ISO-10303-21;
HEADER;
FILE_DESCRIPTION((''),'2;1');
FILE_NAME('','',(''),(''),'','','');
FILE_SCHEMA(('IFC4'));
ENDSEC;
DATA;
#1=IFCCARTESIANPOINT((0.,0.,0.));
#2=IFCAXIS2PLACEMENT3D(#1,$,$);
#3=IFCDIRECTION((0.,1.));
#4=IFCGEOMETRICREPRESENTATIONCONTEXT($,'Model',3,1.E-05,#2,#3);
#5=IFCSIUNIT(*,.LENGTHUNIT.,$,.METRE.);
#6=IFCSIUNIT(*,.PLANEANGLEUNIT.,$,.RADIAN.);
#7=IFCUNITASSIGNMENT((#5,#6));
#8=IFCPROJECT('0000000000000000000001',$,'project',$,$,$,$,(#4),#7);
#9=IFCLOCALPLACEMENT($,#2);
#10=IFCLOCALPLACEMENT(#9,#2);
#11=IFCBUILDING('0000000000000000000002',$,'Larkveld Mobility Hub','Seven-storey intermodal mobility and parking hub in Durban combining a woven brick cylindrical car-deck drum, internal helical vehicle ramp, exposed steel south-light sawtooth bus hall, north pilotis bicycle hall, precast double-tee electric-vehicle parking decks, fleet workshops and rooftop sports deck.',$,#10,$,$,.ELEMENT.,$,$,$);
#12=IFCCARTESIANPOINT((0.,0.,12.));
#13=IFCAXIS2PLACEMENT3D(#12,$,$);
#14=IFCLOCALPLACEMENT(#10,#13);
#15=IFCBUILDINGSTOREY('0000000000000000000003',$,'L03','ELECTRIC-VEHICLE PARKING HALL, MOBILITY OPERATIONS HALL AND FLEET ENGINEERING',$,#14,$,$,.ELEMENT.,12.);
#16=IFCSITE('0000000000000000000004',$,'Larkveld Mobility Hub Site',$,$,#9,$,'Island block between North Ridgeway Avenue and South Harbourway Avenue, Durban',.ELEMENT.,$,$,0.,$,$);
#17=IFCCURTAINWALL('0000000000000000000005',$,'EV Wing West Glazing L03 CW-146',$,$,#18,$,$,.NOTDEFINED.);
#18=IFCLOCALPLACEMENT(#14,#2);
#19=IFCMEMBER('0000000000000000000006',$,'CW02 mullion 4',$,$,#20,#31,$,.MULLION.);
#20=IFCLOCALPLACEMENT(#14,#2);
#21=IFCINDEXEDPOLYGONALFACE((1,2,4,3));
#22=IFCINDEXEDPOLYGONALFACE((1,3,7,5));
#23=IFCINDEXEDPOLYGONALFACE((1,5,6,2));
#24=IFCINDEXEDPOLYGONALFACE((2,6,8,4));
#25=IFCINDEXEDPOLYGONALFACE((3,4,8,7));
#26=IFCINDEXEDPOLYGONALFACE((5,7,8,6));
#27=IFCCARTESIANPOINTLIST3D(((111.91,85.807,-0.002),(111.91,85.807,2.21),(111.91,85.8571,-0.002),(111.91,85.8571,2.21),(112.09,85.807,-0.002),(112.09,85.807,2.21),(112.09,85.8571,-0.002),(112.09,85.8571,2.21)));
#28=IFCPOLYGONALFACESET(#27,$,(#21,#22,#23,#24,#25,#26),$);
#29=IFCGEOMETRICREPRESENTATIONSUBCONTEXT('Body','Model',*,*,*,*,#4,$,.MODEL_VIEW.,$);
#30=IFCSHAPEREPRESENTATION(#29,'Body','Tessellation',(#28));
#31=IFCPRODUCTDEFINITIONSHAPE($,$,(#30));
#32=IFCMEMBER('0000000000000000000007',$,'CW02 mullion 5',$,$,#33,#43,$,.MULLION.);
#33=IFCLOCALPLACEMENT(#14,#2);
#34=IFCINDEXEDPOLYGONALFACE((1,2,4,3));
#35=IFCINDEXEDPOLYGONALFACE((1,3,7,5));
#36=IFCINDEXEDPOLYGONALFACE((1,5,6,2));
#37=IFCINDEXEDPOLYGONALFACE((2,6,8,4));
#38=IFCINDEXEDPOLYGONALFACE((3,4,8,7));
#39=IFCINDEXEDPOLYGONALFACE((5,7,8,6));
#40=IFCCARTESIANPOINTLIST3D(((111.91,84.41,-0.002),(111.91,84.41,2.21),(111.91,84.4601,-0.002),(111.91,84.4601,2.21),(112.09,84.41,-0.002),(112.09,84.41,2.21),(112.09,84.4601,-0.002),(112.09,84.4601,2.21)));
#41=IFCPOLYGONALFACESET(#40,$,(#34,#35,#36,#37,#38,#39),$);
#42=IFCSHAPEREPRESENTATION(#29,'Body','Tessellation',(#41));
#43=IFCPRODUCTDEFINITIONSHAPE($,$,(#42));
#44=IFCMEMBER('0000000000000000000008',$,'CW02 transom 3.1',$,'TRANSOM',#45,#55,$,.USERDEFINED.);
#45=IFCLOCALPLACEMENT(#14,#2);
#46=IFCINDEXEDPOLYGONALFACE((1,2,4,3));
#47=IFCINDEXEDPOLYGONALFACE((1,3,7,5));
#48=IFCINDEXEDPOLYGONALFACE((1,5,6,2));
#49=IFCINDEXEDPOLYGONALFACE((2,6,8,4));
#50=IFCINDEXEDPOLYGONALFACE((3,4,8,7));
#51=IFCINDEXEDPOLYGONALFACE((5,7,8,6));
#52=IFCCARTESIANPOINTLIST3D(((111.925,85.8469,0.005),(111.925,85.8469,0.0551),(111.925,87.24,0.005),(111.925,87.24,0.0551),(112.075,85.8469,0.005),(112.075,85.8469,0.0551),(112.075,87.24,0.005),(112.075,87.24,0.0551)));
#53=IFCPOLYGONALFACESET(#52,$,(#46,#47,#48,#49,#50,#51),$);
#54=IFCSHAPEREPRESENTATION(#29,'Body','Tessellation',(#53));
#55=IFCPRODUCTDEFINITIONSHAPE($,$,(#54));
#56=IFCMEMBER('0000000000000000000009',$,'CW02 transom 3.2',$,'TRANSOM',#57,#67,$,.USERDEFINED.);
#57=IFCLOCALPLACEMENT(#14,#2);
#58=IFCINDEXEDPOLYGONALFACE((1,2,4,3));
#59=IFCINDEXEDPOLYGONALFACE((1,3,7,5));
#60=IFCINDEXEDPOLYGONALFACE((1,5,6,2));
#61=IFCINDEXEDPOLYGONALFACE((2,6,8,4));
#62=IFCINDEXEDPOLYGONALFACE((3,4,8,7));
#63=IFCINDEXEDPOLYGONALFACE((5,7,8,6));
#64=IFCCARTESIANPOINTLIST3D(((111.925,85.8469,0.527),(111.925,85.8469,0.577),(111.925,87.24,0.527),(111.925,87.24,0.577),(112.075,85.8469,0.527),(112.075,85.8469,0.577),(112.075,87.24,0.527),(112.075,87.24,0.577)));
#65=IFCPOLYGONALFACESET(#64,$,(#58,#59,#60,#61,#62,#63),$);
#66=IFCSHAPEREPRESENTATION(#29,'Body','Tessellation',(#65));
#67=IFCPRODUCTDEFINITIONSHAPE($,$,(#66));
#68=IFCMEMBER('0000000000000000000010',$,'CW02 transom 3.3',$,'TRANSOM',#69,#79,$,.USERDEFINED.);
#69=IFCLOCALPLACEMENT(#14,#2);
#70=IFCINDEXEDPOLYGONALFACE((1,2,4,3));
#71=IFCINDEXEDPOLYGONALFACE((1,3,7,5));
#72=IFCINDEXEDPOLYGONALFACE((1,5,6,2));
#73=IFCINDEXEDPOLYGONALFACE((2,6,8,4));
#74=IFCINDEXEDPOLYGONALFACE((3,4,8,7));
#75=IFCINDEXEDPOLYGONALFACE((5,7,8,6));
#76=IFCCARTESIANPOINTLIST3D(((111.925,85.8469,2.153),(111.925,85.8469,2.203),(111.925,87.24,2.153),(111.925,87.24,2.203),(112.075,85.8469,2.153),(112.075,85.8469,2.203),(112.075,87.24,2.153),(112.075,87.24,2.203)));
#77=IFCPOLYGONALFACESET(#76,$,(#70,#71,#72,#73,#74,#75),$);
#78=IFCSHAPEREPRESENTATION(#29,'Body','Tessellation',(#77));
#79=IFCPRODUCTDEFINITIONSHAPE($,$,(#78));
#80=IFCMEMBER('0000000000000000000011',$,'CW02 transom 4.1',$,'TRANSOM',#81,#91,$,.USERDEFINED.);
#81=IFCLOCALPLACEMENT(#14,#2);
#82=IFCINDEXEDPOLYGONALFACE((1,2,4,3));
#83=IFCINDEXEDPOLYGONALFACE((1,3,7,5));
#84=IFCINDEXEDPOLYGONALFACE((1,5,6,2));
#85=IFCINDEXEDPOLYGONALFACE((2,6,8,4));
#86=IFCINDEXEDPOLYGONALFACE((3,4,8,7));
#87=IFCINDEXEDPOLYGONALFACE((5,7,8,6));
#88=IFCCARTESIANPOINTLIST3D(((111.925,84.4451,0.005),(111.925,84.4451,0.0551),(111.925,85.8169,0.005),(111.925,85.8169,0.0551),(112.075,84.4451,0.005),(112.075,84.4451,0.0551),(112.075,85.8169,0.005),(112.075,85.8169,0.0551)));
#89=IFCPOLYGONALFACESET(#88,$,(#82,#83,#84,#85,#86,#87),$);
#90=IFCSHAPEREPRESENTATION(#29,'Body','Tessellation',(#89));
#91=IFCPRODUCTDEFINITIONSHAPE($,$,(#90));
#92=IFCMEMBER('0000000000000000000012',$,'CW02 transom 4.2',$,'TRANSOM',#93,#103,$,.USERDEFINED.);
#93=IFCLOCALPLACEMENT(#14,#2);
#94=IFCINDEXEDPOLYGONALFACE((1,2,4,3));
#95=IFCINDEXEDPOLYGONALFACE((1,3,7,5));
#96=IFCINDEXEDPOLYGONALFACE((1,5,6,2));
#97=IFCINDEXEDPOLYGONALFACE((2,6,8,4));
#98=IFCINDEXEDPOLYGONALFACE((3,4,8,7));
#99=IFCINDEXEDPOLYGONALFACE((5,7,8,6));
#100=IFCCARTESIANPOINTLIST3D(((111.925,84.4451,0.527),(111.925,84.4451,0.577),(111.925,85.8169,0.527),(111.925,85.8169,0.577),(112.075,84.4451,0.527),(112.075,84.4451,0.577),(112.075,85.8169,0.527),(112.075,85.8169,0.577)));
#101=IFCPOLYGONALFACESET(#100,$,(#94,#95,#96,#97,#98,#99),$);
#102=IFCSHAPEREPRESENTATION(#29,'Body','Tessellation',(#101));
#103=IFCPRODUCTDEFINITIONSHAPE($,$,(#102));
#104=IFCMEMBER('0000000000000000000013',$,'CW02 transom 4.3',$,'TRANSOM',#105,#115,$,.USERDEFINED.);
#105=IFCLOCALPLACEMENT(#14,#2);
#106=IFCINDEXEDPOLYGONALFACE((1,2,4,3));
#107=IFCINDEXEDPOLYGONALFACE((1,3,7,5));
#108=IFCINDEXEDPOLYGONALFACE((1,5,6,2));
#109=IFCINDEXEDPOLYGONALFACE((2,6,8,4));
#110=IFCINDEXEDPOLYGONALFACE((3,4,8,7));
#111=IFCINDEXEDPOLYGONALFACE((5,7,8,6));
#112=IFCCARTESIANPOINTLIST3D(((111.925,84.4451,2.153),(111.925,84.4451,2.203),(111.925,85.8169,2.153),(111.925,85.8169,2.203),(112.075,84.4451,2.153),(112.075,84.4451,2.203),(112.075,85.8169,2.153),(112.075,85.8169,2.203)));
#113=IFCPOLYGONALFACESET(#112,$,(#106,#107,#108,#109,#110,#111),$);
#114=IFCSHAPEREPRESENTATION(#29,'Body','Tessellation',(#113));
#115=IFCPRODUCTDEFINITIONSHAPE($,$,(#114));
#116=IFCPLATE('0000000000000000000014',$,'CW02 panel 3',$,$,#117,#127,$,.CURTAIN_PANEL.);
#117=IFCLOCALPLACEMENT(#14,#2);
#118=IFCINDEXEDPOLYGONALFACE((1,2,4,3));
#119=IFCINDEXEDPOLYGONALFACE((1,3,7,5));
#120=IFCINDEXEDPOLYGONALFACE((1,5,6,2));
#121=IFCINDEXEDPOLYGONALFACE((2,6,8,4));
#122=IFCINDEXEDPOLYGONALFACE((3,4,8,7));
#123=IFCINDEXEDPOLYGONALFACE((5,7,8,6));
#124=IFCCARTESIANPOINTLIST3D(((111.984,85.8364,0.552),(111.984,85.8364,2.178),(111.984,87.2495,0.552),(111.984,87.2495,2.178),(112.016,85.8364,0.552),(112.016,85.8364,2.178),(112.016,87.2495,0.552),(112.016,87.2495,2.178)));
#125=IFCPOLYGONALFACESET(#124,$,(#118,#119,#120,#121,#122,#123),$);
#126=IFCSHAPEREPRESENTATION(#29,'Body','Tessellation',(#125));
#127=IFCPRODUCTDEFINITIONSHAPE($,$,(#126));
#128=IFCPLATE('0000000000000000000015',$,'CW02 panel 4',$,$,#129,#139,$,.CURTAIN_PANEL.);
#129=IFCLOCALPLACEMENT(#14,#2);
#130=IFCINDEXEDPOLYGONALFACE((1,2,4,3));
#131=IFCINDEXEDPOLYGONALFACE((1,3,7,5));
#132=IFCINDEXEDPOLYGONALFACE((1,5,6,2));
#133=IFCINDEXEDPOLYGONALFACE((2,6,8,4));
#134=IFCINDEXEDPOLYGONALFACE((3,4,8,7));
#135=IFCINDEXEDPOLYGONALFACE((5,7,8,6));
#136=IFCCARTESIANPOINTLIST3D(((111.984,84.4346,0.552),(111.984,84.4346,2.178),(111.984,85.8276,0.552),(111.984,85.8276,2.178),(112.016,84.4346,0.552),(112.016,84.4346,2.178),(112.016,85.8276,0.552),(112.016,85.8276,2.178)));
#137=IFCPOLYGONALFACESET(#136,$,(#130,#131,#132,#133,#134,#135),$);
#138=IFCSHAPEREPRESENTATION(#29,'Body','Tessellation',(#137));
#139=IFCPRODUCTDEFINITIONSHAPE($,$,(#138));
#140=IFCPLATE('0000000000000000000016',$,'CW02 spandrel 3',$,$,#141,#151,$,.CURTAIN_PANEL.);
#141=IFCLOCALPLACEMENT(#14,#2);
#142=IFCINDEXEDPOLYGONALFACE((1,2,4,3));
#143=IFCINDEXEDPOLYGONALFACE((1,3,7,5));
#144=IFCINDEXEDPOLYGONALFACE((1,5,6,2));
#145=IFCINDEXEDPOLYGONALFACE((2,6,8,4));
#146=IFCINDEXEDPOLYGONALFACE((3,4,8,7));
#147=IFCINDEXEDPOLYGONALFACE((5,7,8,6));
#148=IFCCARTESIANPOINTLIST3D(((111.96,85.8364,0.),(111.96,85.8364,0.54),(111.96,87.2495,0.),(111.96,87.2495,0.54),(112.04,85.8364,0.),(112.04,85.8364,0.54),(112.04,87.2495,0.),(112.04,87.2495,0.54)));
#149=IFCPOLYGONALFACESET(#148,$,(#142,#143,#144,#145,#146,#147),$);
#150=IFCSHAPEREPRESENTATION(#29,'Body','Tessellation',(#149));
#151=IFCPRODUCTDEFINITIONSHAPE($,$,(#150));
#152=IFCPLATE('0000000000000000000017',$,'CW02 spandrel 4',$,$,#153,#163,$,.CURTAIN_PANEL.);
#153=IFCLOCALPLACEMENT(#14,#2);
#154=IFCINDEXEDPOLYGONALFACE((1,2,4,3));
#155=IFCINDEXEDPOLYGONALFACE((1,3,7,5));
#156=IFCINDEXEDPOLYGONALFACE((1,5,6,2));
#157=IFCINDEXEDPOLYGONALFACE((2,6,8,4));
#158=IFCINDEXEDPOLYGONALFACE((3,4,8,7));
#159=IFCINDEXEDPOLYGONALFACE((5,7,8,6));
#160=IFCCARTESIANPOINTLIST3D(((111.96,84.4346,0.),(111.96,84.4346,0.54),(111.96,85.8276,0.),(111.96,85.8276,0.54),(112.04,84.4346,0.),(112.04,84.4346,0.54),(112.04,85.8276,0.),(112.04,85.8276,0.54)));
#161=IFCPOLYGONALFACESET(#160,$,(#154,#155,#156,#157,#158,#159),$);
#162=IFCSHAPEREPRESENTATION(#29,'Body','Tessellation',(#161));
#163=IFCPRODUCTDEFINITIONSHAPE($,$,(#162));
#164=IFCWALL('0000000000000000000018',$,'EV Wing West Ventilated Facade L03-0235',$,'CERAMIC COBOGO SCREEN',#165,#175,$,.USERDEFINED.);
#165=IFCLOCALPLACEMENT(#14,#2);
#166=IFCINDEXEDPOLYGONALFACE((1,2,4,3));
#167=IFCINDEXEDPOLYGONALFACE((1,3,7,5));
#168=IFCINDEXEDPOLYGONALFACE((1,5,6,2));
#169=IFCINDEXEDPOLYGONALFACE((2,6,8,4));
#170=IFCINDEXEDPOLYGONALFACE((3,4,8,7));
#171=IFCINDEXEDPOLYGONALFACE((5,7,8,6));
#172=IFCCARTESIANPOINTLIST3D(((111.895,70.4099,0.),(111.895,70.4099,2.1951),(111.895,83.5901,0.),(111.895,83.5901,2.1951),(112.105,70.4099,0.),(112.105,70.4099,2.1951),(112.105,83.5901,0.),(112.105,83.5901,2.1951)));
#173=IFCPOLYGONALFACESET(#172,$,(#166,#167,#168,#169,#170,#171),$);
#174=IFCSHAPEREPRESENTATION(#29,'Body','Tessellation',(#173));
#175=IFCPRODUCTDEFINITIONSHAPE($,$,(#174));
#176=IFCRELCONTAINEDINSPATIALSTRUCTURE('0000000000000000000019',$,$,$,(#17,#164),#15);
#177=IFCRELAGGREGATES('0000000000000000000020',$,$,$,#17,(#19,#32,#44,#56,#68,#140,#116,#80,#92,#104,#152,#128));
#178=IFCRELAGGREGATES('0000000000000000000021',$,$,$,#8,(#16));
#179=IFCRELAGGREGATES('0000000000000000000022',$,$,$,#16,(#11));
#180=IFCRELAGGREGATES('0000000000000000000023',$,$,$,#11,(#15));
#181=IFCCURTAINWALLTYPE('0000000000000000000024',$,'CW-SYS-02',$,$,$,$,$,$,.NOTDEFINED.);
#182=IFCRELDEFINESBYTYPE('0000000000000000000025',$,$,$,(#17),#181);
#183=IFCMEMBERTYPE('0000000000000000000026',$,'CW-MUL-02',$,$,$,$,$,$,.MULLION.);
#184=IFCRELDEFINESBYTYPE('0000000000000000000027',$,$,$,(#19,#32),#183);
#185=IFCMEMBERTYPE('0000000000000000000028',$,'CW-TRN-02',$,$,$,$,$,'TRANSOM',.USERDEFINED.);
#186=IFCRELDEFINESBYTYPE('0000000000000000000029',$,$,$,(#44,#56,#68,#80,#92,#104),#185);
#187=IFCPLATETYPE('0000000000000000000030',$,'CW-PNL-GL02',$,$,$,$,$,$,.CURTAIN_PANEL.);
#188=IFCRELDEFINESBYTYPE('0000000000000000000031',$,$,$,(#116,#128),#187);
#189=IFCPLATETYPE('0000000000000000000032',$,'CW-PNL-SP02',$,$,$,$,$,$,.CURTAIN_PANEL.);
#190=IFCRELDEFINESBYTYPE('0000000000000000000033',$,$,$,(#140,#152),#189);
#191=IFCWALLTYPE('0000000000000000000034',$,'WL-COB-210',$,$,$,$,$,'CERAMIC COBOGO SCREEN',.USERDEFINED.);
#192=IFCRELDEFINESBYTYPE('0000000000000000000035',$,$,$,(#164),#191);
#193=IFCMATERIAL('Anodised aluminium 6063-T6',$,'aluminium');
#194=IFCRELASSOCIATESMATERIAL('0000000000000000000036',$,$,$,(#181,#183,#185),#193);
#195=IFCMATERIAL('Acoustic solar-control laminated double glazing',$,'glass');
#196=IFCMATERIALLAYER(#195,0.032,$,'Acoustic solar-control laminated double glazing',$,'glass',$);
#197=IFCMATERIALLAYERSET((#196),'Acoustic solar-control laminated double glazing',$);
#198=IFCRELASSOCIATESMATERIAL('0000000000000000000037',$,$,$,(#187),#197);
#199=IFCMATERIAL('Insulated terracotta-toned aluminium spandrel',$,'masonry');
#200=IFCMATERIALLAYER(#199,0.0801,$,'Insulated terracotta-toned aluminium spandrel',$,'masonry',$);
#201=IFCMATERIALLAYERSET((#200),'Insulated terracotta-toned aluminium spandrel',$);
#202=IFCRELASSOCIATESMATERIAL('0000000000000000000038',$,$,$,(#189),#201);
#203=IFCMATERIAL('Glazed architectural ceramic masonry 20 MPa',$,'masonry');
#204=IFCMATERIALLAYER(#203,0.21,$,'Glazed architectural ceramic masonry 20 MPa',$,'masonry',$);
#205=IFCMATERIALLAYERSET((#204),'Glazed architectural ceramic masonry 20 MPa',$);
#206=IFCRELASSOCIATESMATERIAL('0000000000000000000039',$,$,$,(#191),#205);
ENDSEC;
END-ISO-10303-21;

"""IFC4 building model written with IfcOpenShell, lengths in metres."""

from ifc_helpers import new_model, si_unit, direction, frame, frame_2d, origin, origin_2d, place, context, subcontext, project, spatial, rectangle, extrude, material, layer, layer_set, material_profile, profile_set, type_object, element, aggregate, save


model = new_model("IFC4")

# Units and contexts
model_context = context("Model", 3, precision=1e-05, world=origin(), true_north=direction((0.0, 1.0)))
body_context = subcontext(model_context, "Body", "Model", "MODEL_VIEW")
ifc_project = project(units=[si_unit("LENGTHUNIT", "METRE"), si_unit("PLANEANGLEUNIT", "RADIAN")], contexts=[model_context])

# Site, building, storey
site_placement = place(None, origin())
site = spatial("IfcSite", under=ifc_project, at=site_placement, Name="Larkveld Mobility Hub Site", LongName="Island block between North Ridgeway Avenue and South Harbourway Avenue, Durban", CompositionType="ELEMENT", RefElevation=0.0)
building_placement = place(site_placement, origin())
building = spatial("IfcBuilding", under=site, at=building_placement, Name="Larkveld Mobility Hub", Description="Seven-storey intermodal mobility and parking hub in Durban combining a woven brick cylindrical car-deck drum, internal helical vehicle ramp, exposed steel south-light sawtooth bus hall, north pilotis bicycle hall, precast double-tee electric-vehicle parking decks, fleet workshops and rooftop sports deck.", CompositionType="ELEMENT")
storey_placement = place(building_placement, frame((0.0, 0.0, 12.0)))
storey = spatial("IfcBuildingStorey", under=building, at=storey_placement, Name="L03", Description="ELECTRIC-VEHICLE PARKING HALL, MOBILITY OPERATIONS HALL AND FLEET ENGINEERING", CompositionType="ELEMENT", Elevation=12.0)

# Curtain wall, members, plates
ifc_material_1 = material(Name="Anodised aluminium 6063-T6", Category="aluminium")
curtain_wall_type = type_object("IfcCurtainWallType", Name="CW-SYS-02", PredefinedType="NOTDEFINED", material=ifc_material_1)
curtain_wall_placement = place(storey_placement, origin())
curtain_wall = element("IfcCurtainWall", 1, at=curtain_wall_placement, inside=storey, type_object=curtain_wall_type, Name="EV Wing West Glazing L03 CW-146", PredefinedType="NOTDEFINED")
ifc_material_profile_1 = material_profile(ifc_material_1, rectangle(XDim=0.05, YDim=0.1799, at=origin_2d()), Name="ALU MULL 50x180")
ifc_profile_set_1 = profile_set([ifc_material_profile_1], Name="Anodised aluminium 6063-T6")
member_type_1 = type_object("IfcMemberType", Name="CW-MUL-02", PredefinedType="MULLION", material=ifc_profile_set_1)
member_1_placement = place(storey_placement, frame((112.0, 85.832, -0.002), z_axis=(0.0, 0.0, 1.0), x_axis=(0.0, -1.0, 0.0)))
member_1 = element("IfcMember", 2, at=member_1_placement, type_object=member_type_1, Name="CW02 mullion 4", PredefinedType="MULLION", context=body_context, shape_type="SweptSolid", body=[
    extrude(rectangle(XDim=0.05, YDim=0.1799, at=origin_2d()), origin(), (0.0, 0.0, 1.0), 2.2119),
])
member_2_placement = place(storey_placement, frame((112.0, 84.4351, -0.002), z_axis=(0.0, 0.0, 1.0), x_axis=(0.0, -1.0, 0.0)))
member_2 = element("IfcMember", 3, at=member_2_placement, type_object=member_type_1, Name="CW02 mullion 5", PredefinedType="MULLION", context=body_context, shape_type="SweptSolid", body=[
    extrude(rectangle(XDim=0.05, YDim=0.1799, at=origin_2d()), origin(), (0.0, 0.0, 1.0), 2.2119),
])
ifc_material_profile_2 = material_profile(ifc_material_1, rectangle(XDim=0.1499, YDim=0.05, at=origin_2d()), Name="ALU TRAN 50x150")
ifc_profile_set_2 = profile_set([ifc_material_profile_2], Name="Anodised aluminium 6063-T6")
member_type_2 = type_object("IfcMemberType", Name="CW-TRN-02", ElementType="TRANSOM", PredefinedType="USERDEFINED", material=ifc_profile_set_2)
member_3_placement = place(storey_placement, frame((112.0, 87.24, 0.03), z_axis=(0.0, -1.0, 0.0), x_axis=(1.0, 0.0, 0.0)))
member_3 = element("IfcMember", 4, at=member_3_placement, type_object=member_type_2, Name="CW02 transom 3.1", ObjectType="TRANSOM", PredefinedType="USERDEFINED", context=body_context, shape_type="SweptSolid", body=[
    extrude(rectangle(XDim=0.1499, YDim=0.05, at=origin_2d()), origin(), (0.0, 0.0, 1.0), 1.3931),
])
member_4_placement = place(storey_placement, frame((112.0, 87.24, 0.552), z_axis=(0.0, -1.0, 0.0), x_axis=(1.0, 0.0, 0.0)))
member_4 = element("IfcMember", 5, at=member_4_placement, type_object=member_type_2, Name="CW02 transom 3.2", ObjectType="TRANSOM", PredefinedType="USERDEFINED", context=body_context, shape_type="SweptSolid", body=[
    extrude(rectangle(XDim=0.1499, YDim=0.05, at=origin_2d()), origin(), (0.0, 0.0, 1.0), 1.3931),
])
member_5_placement = place(storey_placement, frame((112.0, 87.24, 2.178), z_axis=(0.0, -1.0, 0.0), x_axis=(1.0, 0.0, 0.0)))
member_5 = element("IfcMember", 6, at=member_5_placement, type_object=member_type_2, Name="CW02 transom 3.3", ObjectType="TRANSOM", PredefinedType="USERDEFINED", context=body_context, shape_type="SweptSolid", body=[
    extrude(rectangle(XDim=0.1499, YDim=0.05, at=origin_2d()), origin(), (0.0, 0.0, 1.0), 1.3931),
])
member_6_placement = place(storey_placement, frame((112.0, 85.8169, 0.03), z_axis=(0.0, -1.0, 0.0), x_axis=(1.0, 0.0, 0.0)))
member_6 = element("IfcMember", 7, at=member_6_placement, type_object=member_type_2, Name="CW02 transom 4.1", ObjectType="TRANSOM", PredefinedType="USERDEFINED", context=body_context, shape_type="SweptSolid", body=[
    extrude(rectangle(XDim=0.1499, YDim=0.05, at=origin_2d()), origin(), (0.0, 0.0, 1.0), 1.3718),
])
member_7_placement = place(storey_placement, frame((112.0, 85.8169, 0.552), z_axis=(0.0, -1.0, 0.0), x_axis=(1.0, 0.0, 0.0)))
member_7 = element("IfcMember", 8, at=member_7_placement, type_object=member_type_2, Name="CW02 transom 4.2", ObjectType="TRANSOM", PredefinedType="USERDEFINED", context=body_context, shape_type="SweptSolid", body=[
    extrude(rectangle(XDim=0.1499, YDim=0.05, at=origin_2d()), origin(), (0.0, 0.0, 1.0), 1.3718),
])
member_8_placement = place(storey_placement, frame((112.0, 85.8169, 2.178), z_axis=(0.0, -1.0, 0.0), x_axis=(1.0, 0.0, 0.0)))
member_8 = element("IfcMember", 9, at=member_8_placement, type_object=member_type_2, Name="CW02 transom 4.3", ObjectType="TRANSOM", PredefinedType="USERDEFINED", context=body_context, shape_type="SweptSolid", body=[
    extrude(rectangle(XDim=0.1499, YDim=0.05, at=origin_2d()), origin(), (0.0, 0.0, 1.0), 1.3718),
])
ifc_material_2 = material(Name="Acoustic solar-control laminated double glazing", Category="glass")
ifc_layer_1 = layer(ifc_material_2, 0.032, Name="Acoustic solar-control laminated double glazing", Category="glass")
ifc_layer_set_1 = layer_set([ifc_layer_1], Name="Acoustic solar-control laminated double glazing")
plate_type_1 = type_object("IfcPlateType", Name="CW-PNL-GL02", PredefinedType="CURTAIN_PANEL", material=ifc_layer_set_1)
plate_1_placement = place(storey_placement, frame((112.0, 86.543, 0.552), z_axis=(0.0, 0.0, 1.0), x_axis=(0.0, -1.0, 0.0)))
plate_1 = element("IfcPlate", 10, at=plate_1_placement, type_object=plate_type_1, Name="CW02 panel 3", PredefinedType="CURTAIN_PANEL", context=body_context, shape_type="SweptSolid", body=[
    extrude(rectangle(XDim=1.4131, YDim=0.032, at=origin_2d()), origin(), (0.0, 0.0, 1.0), 1.626),
])
plate_2_placement = place(storey_placement, frame((112.0, 85.1311, 0.552), z_axis=(0.0, 0.0, 1.0), x_axis=(0.0, -1.0, 0.0)))
plate_2 = element("IfcPlate", 11, at=plate_2_placement, type_object=plate_type_1, Name="CW02 panel 4", PredefinedType="CURTAIN_PANEL", context=body_context, shape_type="SweptSolid", body=[
    extrude(rectangle(XDim=1.3931, YDim=0.032, at=origin_2d()), origin(), (0.0, 0.0, 1.0), 1.626),
])
ifc_material_3 = material(Name="Insulated terracotta-toned aluminium spandrel", Category="masonry")
ifc_layer_2 = layer(ifc_material_3, 0.0801, Name="Insulated terracotta-toned aluminium spandrel", Category="masonry")
ifc_layer_set_2 = layer_set([ifc_layer_2], Name="Insulated terracotta-toned aluminium spandrel")
plate_type_2 = type_object("IfcPlateType", Name="CW-PNL-SP02", PredefinedType="CURTAIN_PANEL", material=ifc_layer_set_2)
plate_3_placement = place(storey_placement, frame((112.0, 86.543, 0.0), z_axis=(0.0, 0.0, 1.0), x_axis=(0.0, -1.0, 0.0)))
plate_3 = element("IfcPlate", 12, at=plate_3_placement, type_object=plate_type_2, Name="CW02 spandrel 3", PredefinedType="CURTAIN_PANEL", context=body_context, shape_type="SweptSolid", body=[
    extrude(rectangle(XDim=1.4131, YDim=0.0801, at=origin_2d()), origin(), (0.0, 0.0, 1.0), 0.54),
])
plate_4_placement = place(storey_placement, frame((112.0, 85.1311, 0.0), z_axis=(0.0, 0.0, 1.0), x_axis=(0.0, -1.0, 0.0)))
plate_4 = element("IfcPlate", 13, at=plate_4_placement, type_object=plate_type_2, Name="CW02 spandrel 4", PredefinedType="CURTAIN_PANEL", context=body_context, shape_type="SweptSolid", body=[
    extrude(rectangle(XDim=1.3931, YDim=0.0801, at=origin_2d()), origin(), (0.0, 0.0, 1.0), 0.54),
])
aggregate(curtain_wall, [member_1, member_2, member_3, member_4, member_5, plate_3, plate_1, member_6, member_7, member_8, plate_4, plate_2])

# Wall
ifc_material_4 = material(Name="Glazed architectural ceramic masonry 20 MPa", Category="masonry")
ifc_layer_3 = layer(ifc_material_4, 0.21, Name="Glazed architectural ceramic masonry 20 MPa", Category="masonry")
ifc_layer_set_3 = layer_set([ifc_layer_3], Name="Glazed architectural ceramic masonry 20 MPa")
wall_type = type_object("IfcWallType", Name="WL-COB-210", ElementType="CERAMIC COBOGO SCREEN", PredefinedType="USERDEFINED", material=ifc_layer_set_3)
wall_placement = place(storey_placement, frame((112.0, 83.5901, 0.0), z_axis=(0.0, 0.0, 1.0), x_axis=(0.0, -1.0, 0.0)))
element("IfcWall", 14, at=wall_placement, inside=storey, type_object=wall_type, Name="EV Wing West Ventilated Facade L03-0235", ObjectType="CERAMIC COBOGO SCREEN", PredefinedType="USERDEFINED", context=body_context, shape_type="SweptSolid", body=[
    extrude(rectangle(XDim=13.1802, YDim=0.21, at=frame_2d((6.5901, 0.0))), origin(), (0.0, 0.0, 1.0), 2.1951),
])

save(model, "model.ifc")
